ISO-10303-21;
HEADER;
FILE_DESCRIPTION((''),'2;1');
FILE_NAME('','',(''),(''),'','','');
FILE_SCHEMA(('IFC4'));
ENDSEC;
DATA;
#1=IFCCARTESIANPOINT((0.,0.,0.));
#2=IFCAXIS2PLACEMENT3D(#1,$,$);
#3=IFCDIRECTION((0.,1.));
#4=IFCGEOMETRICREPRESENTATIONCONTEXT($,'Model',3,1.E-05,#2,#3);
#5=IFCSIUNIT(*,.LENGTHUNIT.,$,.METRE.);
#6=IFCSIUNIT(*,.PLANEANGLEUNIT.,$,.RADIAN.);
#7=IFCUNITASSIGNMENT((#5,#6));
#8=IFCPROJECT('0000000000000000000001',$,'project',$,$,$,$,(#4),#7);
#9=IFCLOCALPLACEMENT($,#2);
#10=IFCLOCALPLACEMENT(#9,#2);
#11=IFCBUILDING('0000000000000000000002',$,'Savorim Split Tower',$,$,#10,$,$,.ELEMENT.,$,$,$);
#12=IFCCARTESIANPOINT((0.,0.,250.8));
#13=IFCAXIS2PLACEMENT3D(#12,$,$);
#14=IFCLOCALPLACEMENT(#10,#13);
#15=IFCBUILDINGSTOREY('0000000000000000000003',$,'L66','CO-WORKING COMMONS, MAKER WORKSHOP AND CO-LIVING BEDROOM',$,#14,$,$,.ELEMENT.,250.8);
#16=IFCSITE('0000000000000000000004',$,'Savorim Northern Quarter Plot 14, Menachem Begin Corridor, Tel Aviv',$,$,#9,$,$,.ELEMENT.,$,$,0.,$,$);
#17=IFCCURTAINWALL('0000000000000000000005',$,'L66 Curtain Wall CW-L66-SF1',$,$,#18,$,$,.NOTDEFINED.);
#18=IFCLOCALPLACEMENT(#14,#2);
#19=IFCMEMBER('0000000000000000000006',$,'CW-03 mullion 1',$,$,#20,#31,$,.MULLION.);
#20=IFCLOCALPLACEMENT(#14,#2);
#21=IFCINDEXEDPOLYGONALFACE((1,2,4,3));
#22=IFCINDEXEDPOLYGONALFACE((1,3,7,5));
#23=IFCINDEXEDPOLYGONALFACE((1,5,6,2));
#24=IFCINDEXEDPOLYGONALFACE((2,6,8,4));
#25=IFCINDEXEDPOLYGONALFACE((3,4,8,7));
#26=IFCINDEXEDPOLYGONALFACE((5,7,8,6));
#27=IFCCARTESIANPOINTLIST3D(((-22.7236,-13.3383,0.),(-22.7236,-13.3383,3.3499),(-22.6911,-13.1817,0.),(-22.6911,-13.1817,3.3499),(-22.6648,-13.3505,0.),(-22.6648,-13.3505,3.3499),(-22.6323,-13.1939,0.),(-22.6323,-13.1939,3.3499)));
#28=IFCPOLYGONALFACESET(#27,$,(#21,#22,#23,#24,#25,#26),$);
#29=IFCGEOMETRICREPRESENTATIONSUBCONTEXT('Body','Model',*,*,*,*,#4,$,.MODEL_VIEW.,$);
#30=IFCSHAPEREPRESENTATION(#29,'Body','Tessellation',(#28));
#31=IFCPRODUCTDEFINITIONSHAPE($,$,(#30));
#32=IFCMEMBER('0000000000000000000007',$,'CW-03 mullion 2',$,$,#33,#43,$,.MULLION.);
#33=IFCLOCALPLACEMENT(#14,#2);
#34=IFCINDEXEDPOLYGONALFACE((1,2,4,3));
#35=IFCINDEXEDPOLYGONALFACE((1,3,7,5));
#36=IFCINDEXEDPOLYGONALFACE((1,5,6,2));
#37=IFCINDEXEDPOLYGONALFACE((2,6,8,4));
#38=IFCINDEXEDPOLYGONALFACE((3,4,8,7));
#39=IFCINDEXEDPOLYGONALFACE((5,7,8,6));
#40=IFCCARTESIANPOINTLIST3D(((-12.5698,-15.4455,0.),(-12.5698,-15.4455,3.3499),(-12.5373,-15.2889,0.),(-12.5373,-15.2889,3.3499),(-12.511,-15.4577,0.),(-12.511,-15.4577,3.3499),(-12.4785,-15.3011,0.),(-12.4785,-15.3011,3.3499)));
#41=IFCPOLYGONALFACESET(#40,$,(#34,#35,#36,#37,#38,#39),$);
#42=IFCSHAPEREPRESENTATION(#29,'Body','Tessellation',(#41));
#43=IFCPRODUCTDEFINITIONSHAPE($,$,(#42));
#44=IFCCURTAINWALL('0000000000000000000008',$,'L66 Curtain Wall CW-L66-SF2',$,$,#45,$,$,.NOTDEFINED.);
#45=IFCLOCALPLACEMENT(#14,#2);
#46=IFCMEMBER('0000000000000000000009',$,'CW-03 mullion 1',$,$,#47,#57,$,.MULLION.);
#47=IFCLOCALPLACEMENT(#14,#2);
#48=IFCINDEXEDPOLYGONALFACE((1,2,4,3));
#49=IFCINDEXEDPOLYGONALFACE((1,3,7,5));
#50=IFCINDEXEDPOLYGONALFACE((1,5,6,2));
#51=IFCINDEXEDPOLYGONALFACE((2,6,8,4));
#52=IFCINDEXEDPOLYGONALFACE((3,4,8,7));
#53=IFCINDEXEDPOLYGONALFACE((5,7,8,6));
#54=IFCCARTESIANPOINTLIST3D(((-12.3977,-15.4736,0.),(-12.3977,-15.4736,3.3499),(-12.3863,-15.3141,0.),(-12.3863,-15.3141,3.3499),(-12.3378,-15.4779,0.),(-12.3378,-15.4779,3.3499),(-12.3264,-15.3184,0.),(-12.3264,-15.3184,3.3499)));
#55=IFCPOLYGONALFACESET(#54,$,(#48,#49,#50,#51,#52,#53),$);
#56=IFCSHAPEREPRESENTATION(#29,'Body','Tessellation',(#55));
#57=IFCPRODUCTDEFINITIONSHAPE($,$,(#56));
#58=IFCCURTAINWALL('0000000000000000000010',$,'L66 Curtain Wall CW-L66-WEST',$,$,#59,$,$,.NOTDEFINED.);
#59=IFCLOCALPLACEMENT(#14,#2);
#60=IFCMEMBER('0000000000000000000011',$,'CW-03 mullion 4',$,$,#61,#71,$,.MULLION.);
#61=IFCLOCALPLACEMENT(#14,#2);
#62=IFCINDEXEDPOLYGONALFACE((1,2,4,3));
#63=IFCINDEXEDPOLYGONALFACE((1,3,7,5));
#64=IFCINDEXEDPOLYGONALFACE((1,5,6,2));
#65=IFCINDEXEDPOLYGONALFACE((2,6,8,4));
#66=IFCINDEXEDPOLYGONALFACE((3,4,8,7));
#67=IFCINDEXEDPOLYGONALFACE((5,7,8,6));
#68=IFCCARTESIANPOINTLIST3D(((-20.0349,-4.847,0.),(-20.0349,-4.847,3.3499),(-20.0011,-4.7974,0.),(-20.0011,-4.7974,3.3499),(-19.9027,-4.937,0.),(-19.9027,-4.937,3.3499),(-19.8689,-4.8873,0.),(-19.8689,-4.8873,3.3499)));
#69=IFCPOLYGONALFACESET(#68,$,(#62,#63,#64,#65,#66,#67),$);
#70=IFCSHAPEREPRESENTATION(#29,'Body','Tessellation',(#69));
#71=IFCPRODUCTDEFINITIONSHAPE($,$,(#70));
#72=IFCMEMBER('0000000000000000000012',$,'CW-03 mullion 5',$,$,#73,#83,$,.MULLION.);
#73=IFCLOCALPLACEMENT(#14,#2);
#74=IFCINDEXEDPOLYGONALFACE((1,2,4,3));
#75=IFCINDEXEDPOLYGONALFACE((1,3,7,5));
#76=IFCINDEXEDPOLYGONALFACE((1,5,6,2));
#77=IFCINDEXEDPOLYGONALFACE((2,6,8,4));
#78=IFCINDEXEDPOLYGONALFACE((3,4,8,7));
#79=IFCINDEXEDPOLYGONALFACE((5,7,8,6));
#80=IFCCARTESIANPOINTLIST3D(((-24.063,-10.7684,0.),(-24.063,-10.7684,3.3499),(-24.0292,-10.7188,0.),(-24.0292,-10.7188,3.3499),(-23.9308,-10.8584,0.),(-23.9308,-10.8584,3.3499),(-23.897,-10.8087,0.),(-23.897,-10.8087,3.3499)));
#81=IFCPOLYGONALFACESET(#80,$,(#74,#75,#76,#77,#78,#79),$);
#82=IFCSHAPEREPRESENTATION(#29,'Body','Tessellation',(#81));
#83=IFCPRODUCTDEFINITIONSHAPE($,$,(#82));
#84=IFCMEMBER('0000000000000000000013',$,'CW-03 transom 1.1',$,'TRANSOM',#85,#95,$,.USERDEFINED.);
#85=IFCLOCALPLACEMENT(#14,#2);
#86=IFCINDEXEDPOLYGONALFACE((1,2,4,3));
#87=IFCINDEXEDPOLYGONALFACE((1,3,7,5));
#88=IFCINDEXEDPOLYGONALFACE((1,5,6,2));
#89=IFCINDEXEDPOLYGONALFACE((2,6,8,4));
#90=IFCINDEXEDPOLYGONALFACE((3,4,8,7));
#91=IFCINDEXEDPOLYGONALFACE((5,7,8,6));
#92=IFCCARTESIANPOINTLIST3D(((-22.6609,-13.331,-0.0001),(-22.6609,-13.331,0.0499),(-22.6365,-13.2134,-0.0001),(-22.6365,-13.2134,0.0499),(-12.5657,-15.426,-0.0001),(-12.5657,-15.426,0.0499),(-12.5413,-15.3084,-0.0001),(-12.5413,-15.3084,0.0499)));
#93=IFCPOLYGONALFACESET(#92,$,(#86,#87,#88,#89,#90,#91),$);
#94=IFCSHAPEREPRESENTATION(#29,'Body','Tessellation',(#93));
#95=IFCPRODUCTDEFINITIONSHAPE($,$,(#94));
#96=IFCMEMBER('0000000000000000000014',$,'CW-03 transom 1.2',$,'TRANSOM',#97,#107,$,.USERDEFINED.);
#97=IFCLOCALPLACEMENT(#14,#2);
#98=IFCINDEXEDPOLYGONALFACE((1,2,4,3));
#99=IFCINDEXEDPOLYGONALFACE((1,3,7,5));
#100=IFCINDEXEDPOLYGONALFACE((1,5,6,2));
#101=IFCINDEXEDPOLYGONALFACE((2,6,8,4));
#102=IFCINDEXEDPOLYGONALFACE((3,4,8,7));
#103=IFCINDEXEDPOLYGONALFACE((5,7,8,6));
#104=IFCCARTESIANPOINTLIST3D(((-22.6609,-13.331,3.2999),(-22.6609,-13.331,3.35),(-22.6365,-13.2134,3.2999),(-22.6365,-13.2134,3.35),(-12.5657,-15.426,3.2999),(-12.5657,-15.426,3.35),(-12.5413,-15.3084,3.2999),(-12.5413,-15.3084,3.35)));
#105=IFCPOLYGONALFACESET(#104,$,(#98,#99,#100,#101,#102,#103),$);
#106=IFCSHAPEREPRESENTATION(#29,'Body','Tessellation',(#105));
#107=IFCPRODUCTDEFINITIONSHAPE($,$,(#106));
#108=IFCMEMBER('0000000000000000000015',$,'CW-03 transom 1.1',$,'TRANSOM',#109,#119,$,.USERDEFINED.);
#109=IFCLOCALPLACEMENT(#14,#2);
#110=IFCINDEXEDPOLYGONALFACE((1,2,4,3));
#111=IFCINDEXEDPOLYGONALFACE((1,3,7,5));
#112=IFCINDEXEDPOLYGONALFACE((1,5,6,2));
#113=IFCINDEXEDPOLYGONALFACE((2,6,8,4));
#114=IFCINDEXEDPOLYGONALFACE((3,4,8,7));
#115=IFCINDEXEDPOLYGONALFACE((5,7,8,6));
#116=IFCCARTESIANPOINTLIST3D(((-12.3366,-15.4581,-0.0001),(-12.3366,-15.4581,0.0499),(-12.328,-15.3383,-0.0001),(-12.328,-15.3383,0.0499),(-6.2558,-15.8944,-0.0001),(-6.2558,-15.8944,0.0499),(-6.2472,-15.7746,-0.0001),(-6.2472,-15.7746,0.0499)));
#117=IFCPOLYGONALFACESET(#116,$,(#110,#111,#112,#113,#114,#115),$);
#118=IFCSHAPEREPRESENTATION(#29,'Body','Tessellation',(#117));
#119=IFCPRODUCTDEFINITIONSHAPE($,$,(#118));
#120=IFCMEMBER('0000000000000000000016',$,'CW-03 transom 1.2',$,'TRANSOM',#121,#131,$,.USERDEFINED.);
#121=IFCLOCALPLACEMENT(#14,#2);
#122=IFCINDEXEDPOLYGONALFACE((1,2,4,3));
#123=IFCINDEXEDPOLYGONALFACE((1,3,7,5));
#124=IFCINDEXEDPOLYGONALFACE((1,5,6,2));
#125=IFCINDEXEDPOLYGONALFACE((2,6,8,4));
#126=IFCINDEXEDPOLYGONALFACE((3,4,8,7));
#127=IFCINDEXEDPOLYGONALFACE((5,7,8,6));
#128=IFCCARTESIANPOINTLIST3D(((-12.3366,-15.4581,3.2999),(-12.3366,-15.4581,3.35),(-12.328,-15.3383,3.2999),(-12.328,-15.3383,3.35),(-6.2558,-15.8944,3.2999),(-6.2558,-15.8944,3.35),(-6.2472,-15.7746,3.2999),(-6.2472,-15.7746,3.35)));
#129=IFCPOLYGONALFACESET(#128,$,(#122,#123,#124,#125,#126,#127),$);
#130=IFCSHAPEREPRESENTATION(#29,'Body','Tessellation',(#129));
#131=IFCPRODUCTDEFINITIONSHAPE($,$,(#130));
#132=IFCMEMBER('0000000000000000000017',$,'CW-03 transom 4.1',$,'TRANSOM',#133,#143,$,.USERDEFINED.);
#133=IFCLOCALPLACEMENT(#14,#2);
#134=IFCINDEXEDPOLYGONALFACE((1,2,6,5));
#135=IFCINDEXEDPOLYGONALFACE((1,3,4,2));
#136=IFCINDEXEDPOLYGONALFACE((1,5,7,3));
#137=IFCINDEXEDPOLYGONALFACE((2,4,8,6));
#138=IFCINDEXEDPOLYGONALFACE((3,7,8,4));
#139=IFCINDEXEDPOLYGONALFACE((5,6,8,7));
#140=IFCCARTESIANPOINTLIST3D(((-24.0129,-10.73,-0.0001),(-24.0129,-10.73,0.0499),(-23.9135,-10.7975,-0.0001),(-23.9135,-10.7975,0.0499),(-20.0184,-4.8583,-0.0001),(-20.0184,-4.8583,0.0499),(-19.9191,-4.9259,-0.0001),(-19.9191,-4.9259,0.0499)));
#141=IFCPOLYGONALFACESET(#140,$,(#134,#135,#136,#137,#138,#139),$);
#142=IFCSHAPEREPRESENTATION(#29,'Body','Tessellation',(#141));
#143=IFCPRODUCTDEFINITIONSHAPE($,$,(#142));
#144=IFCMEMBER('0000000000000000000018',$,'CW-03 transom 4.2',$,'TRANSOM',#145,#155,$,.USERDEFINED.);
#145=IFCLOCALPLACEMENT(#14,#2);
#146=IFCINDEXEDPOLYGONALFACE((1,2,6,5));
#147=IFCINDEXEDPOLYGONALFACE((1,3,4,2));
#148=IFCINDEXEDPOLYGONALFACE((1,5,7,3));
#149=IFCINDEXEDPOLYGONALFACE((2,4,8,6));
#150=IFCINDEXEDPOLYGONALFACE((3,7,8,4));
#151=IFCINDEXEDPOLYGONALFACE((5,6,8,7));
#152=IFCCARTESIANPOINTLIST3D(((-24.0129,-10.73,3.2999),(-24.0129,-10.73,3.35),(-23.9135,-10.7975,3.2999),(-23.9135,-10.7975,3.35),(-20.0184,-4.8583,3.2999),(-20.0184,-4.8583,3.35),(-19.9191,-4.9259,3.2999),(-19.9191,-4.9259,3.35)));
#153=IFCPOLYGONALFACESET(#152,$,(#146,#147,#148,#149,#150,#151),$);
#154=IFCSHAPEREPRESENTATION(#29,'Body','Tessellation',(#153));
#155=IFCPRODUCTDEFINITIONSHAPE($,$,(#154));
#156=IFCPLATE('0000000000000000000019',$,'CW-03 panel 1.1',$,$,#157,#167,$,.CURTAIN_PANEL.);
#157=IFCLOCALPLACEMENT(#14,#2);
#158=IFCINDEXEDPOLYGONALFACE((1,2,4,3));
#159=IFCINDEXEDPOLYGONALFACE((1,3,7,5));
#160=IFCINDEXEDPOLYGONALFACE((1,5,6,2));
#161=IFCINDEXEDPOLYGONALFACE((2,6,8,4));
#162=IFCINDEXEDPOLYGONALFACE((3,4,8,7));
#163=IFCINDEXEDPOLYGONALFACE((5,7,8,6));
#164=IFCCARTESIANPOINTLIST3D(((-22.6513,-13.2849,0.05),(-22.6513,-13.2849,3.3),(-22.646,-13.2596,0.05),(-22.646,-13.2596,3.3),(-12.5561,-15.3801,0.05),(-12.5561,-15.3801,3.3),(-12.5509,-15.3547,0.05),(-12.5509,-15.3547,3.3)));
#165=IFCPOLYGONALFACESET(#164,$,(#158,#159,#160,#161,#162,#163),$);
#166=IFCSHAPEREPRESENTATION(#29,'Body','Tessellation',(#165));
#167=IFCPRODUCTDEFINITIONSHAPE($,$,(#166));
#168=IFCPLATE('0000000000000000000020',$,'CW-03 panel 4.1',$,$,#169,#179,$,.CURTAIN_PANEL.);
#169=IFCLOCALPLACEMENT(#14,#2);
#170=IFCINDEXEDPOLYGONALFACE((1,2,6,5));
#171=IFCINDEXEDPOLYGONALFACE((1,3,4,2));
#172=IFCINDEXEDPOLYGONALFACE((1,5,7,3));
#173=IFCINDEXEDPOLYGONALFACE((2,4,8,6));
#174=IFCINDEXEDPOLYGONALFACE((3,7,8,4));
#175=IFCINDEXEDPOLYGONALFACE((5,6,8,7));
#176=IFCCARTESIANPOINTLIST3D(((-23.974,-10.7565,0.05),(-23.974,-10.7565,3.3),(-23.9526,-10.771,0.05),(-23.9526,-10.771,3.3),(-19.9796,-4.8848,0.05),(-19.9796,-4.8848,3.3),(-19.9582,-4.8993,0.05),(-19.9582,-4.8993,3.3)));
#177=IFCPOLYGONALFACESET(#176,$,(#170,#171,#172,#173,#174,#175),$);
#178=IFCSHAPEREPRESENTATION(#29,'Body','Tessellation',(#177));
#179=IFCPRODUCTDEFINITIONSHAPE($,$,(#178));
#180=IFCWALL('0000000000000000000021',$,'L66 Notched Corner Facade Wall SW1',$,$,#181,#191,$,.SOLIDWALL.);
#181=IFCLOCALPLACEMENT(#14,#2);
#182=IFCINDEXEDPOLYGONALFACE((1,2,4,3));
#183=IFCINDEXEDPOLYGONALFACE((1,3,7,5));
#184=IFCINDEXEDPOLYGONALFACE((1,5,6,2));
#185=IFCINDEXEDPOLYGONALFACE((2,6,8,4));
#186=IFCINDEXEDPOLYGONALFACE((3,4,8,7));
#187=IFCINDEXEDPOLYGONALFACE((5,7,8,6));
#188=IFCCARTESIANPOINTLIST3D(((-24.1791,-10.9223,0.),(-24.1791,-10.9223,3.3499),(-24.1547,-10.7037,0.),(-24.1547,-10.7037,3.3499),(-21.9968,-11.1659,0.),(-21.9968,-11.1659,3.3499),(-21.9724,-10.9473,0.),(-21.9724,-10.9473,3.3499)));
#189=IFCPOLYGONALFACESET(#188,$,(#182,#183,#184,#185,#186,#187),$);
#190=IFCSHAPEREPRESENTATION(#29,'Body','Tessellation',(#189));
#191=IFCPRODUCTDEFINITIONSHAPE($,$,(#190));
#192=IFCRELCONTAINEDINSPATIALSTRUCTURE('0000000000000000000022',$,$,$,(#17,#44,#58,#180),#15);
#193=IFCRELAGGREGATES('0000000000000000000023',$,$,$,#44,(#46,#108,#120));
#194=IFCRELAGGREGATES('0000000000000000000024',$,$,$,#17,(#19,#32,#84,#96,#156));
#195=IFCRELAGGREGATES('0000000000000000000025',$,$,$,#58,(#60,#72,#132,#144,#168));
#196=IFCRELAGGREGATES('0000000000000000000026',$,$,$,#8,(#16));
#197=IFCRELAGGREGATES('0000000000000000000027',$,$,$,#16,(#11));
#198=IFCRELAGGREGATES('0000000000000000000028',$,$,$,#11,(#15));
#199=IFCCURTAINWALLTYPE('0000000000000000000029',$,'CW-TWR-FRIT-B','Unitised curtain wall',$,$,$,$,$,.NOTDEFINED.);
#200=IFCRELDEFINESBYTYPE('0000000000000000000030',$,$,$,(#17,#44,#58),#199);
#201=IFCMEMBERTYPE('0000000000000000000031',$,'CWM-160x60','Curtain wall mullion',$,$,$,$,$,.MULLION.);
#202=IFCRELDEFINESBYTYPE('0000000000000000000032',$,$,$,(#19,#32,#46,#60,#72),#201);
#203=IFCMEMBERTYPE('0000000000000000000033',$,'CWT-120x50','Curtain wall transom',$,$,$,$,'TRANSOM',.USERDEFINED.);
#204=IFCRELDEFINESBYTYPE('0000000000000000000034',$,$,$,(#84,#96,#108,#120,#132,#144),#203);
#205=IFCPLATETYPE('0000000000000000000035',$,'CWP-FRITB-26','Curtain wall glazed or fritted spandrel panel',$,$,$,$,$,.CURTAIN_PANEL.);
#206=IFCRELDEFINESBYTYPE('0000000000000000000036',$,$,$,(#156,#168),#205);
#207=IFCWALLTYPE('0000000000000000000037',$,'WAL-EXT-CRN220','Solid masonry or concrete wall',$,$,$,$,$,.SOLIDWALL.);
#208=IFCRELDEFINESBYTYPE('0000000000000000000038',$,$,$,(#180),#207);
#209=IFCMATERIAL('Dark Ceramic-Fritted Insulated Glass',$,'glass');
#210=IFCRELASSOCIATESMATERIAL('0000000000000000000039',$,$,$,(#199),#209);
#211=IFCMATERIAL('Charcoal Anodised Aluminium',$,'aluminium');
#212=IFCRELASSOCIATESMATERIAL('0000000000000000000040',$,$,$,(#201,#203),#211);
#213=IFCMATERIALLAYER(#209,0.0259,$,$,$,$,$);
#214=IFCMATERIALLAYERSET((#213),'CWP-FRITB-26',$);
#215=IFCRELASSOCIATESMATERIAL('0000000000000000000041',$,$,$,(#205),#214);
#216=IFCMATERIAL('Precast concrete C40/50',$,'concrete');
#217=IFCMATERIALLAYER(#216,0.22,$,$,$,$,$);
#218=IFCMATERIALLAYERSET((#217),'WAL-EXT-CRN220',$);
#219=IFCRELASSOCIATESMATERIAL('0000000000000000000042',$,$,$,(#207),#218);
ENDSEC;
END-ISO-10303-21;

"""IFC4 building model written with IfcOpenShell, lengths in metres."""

from ifc_helpers import new_model, si_unit, direction, frame, frame_2d, origin, origin_2d, place, context, subcontext, project, spatial, rectangle, extrude, material, layer, layer_set, material_profile, profile_set, type_object, element, aggregate, save


model = new_model("IFC4")

# Units and contexts
model_context = context("Model", 3, precision=1e-05, world=origin(), true_north=direction((0.0, 1.0)))
body_context = subcontext(model_context, "Body", "Model", "MODEL_VIEW")
ifc_project = project(units=[si_unit("LENGTHUNIT", "METRE"), si_unit("PLANEANGLEUNIT", "RADIAN")], contexts=[model_context])

# Site, building, storey
site_placement = place(None, origin())
site = spatial("IfcSite", under=ifc_project, at=site_placement, Name="Savorim Northern Quarter Plot 14, Menachem Begin Corridor, Tel Aviv", CompositionType="ELEMENT", RefElevation=0.0)
building_placement = place(site_placement, origin())
building = spatial("IfcBuilding", under=site, at=building_placement, Name="Savorim Split Tower", CompositionType="ELEMENT")
storey_placement = place(building_placement, frame((0.0, 0.0, 250.8)))
storey = spatial("IfcBuildingStorey", under=building, at=storey_placement, Name="L66", Description="CO-WORKING COMMONS, MAKER WORKSHOP AND CO-LIVING BEDROOM", CompositionType="ELEMENT", Elevation=250.8)

# Curtain wall, members
ifc_material_1 = material(Name="Dark Ceramic-Fritted Insulated Glass", Category="glass")
curtain_wall_type = type_object("IfcCurtainWallType", Name="CW-TWR-FRIT-B", Description="Unitised curtain wall", PredefinedType="NOTDEFINED", material=ifc_material_1)
curtain_wall_1_placement = place(storey_placement, origin())
curtain_wall_1 = element("IfcCurtainWall", 1, at=curtain_wall_1_placement, inside=storey, type_object=curtain_wall_type, Name="L66 Curtain Wall CW-L66-SF1", PredefinedType="NOTDEFINED")
ifc_material_2 = material(Name="Charcoal Anodised Aluminium", Category="aluminium")
ifc_material_profile_1 = material_profile(ifc_material_2, rectangle(XDim=0.1599, YDim=0.0601, at=origin_2d()), Name="ALU-M 160x60")
ifc_profile_set_1 = profile_set([ifc_material_profile_1], Name="Charcoal Anodised Aluminium")
member_type_1 = type_object("IfcMemberType", Name="CWM-160x60", Description="Curtain wall mullion", PredefinedType="MULLION", material=ifc_profile_set_1)
member_1_placement = place(storey_placement, frame((-22.678, -13.2661, 0.0), z_axis=(0.0, 0.0, 1.0), x_axis=(0.203208, 0.979136, 0.0)))
member_1 = element("IfcMember", 2, at=member_1_placement, type_object=member_type_1, Name="CW-03 mullion 1", PredefinedType="MULLION", context=body_context, shape_type="SweptSolid", body=[
    extrude(rectangle(XDim=0.1599, YDim=0.0601, at=origin_2d()), origin(), (0.0, 0.0, 1.0), 3.3499),
])
member_2_placement = place(storey_placement, frame((-12.5242, -15.3733, 0.0), z_axis=(0.0, 0.0, 1.0), x_axis=(0.203208, 0.979136, 0.0)))
member_2 = element("IfcMember", 3, at=member_2_placement, type_object=member_type_1, Name="CW-03 mullion 2", PredefinedType="MULLION", context=body_context, shape_type="SweptSolid", body=[
    extrude(rectangle(XDim=0.1599, YDim=0.0601, at=origin_2d()), origin(), (0.0, 0.0, 1.0), 3.3499),
])

# Curtain wall, member
curtain_wall_2_placement = place(storey_placement, origin())
curtain_wall_2 = element("IfcCurtainWall", 4, at=curtain_wall_2_placement, inside=storey, type_object=curtain_wall_type, Name="L66 Curtain Wall CW-L66-SF2", PredefinedType="NOTDEFINED")
member_3_placement = place(storey_placement, frame((-12.3621, -15.396, 0.0), z_axis=(0.0, 0.0, 1.0), x_axis=(0.071562, 0.997436, 0.0)))
member_3 = element("IfcMember", 5, at=member_3_placement, type_object=member_type_1, Name="CW-03 mullion 1", PredefinedType="MULLION", context=body_context, shape_type="SweptSolid", body=[
    extrude(rectangle(XDim=0.1599, YDim=0.0601, at=origin_2d()), origin(), (0.0, 0.0, 1.0), 3.3499),
])

# Curtain wall, members
curtain_wall_3_placement = place(storey_placement, origin())
curtain_wall_3 = element("IfcCurtainWall", 6, at=curtain_wall_3_placement, inside=storey, type_object=curtain_wall_type, Name="L66 Curtain Wall CW-L66-WEST", PredefinedType="NOTDEFINED")
member_4_placement = place(storey_placement, frame((-19.9519, -4.8672, 0.0), z_axis=(0.0, 0.0, 1.0), x_axis=(0.826817, -0.56247, 0.0)))
member_4 = element("IfcMember", 7, at=member_4_placement, type_object=member_type_1, Name="CW-03 mullion 4", PredefinedType="MULLION", context=body_context, shape_type="SweptSolid", body=[
    extrude(rectangle(XDim=0.1599, YDim=0.0601, at=origin_2d()), origin(), (0.0, 0.0, 1.0), 3.3499),
])
member_5_placement = place(storey_placement, frame((-23.98, -10.7886, 0.0), z_axis=(0.0, 0.0, 1.0), x_axis=(0.826817, -0.56247, 0.0)))
member_5 = element("IfcMember", 8, at=member_5_placement, type_object=member_type_1, Name="CW-03 mullion 5", PredefinedType="MULLION", context=body_context, shape_type="SweptSolid", body=[
    extrude(rectangle(XDim=0.1599, YDim=0.0601, at=origin_2d()), origin(), (0.0, 0.0, 1.0), 3.3499),
])

# Members
ifc_material_profile_2 = material_profile(ifc_material_2, rectangle(XDim=0.1201, YDim=0.05, at=origin_2d()), Name="ALU-T 120x50")
ifc_profile_set_2 = profile_set([ifc_material_profile_2], Name="Charcoal Anodised Aluminium")
member_type_2 = type_object("IfcMemberType", Name="CWT-120x50", Description="Curtain wall transom", ElementType="TRANSOM", PredefinedType="USERDEFINED", material=ifc_profile_set_2)
member_6_placement = place(storey_placement, frame((-22.6487, -13.2722, 0.0249), z_axis=(0.979139, -0.203192, 0.0), x_axis=(0.203192, 0.979139, 0.0)))
member_6 = element("IfcMember", 9, at=member_6_placement, type_object=member_type_2, Name="CW-03 transom 1.1", ObjectType="TRANSOM", PredefinedType="USERDEFINED", context=body_context, shape_type="SweptSolid", body=[
    extrude(rectangle(XDim=0.1201, YDim=0.05, at=origin_2d()), origin(), (0.0, 0.0, 1.0), 10.3103),
])
member_7_placement = place(storey_placement, frame((-22.6487, -13.2722, 3.325), z_axis=(0.979139, -0.203192, 0.0), x_axis=(0.203192, 0.979139, 0.0)))
member_7 = element("IfcMember", 10, at=member_7_placement, type_object=member_type_2, Name="CW-03 transom 1.2", ObjectType="TRANSOM", PredefinedType="USERDEFINED", context=body_context, shape_type="SweptSolid", body=[
    extrude(rectangle(XDim=0.1201, YDim=0.05, at=origin_2d()), origin(), (0.0, 0.0, 1.0), 10.3103),
])
member_8_placement = place(storey_placement, frame((-12.3323, -15.3982, 0.0249), z_axis=(0.997436, -0.071563, 0.0), x_axis=(0.071563, 0.997436, 0.0)))
member_8 = element("IfcMember", 11, at=member_8_placement, type_object=member_type_2, Name="CW-03 transom 1.1", ObjectType="TRANSOM", PredefinedType="USERDEFINED", context=body_context, shape_type="SweptSolid", body=[
    extrude(rectangle(XDim=0.1201, YDim=0.05, at=origin_2d()), origin(), (0.0, 0.0, 1.0), 6.0964),
])
member_9_placement = place(storey_placement, frame((-12.3323, -15.3982, 3.325), z_axis=(0.997436, -0.071563, 0.0), x_axis=(0.071563, 0.997436, 0.0)))
member_9 = element("IfcMember", 12, at=member_9_placement, type_object=member_type_2, Name="CW-03 transom 1.2", ObjectType="TRANSOM", PredefinedType="USERDEFINED", context=body_context, shape_type="SweptSolid", body=[
    extrude(rectangle(XDim=0.1201, YDim=0.05, at=origin_2d()), origin(), (0.0, 0.0, 1.0), 6.0964),
])
aggregate(curtain_wall_2, [member_3, member_8, member_9])
member_10_placement = place(storey_placement, frame((-19.9688, -4.8921, 0.0249), z_axis=(-0.562475, -0.826815, 0.0), x_axis=(0.826815, -0.562475, 0.0)))
member_10 = element("IfcMember", 13, at=member_10_placement, type_object=member_type_2, Name="CW-03 transom 4.1", ObjectType="TRANSOM", PredefinedType="USERDEFINED", context=body_context, shape_type="SweptSolid", body=[
    extrude(rectangle(XDim=0.1201, YDim=0.05, at=origin_2d()), origin(), (0.0, 0.0, 1.0), 7.1016),
])
member_11_placement = place(storey_placement, frame((-19.9688, -4.8921, 3.325), z_axis=(-0.562475, -0.826815, 0.0), x_axis=(0.826815, -0.562475, 0.0)))
member_11 = element("IfcMember", 14, at=member_11_placement, type_object=member_type_2, Name="CW-03 transom 4.2", ObjectType="TRANSOM", PredefinedType="USERDEFINED", context=body_context, shape_type="SweptSolid", body=[
    extrude(rectangle(XDim=0.1201, YDim=0.05, at=origin_2d()), origin(), (0.0, 0.0, 1.0), 7.1016),
])

# Plates
ifc_layer_1 = layer(ifc_material_1, 0.0259)
ifc_layer_set_1 = layer_set([ifc_layer_1], Name="CWP-FRITB-26")
plate_type = type_object("IfcPlateType", Name="CWP-FRITB-26", Description="Curtain wall glazed or fritted spandrel panel", PredefinedType="CURTAIN_PANEL", material=ifc_layer_set_1)
plate_1_placement = place(storey_placement, frame((-17.6011, -14.3198, 0.05), z_axis=(0.0, 0.0, 1.0), x_axis=(0.979136, -0.203208, 0.0)))
plate_1 = element("IfcPlate", 15, at=plate_1_placement, type_object=plate_type, Name="CW-03 panel 1.1", PredefinedType="CURTAIN_PANEL", context=body_context, shape_type="SweptSolid", body=[
    extrude(rectangle(XDim=10.3103, YDim=0.0259, at=origin_2d()), origin(), (0.0, 0.0, 1.0), 3.25),
])
aggregate(curtain_wall_1, [member_1, member_2, member_6, member_7, plate_1])
plate_2_placement = place(storey_placement, frame((-21.9661, -7.8279, 0.05), z_axis=(0.0, 0.0, 1.0), x_axis=(-0.56247, -0.826817, 0.0)))
plate_2 = element("IfcPlate", 16, at=plate_2_placement, type_object=plate_type, Name="CW-03 panel 4.1", PredefinedType="CURTAIN_PANEL", context=body_context, shape_type="SweptSolid", body=[
    extrude(rectangle(XDim=7.1016, YDim=0.0259, at=origin_2d()), origin(), (0.0, 0.0, 1.0), 3.25),
])
aggregate(curtain_wall_3, [member_4, member_5, member_10, member_11, plate_2])

# Wall
ifc_material_3 = material(Name="Precast concrete C40/50", Category="concrete")
ifc_layer_2 = layer(ifc_material_3, 0.22)
ifc_layer_set_2 = layer_set([ifc_layer_2], Name="WAL-EXT-CRN220")
wall_type_1 = type_object("IfcWallType", Name="WAL-EXT-CRN220", Description="Solid masonry or concrete wall", PredefinedType="SOLIDWALL", material=ifc_layer_set_2)
wall_1_placement = place(storey_placement, frame((-21.9846, -11.0566, 0.0), z_axis=(0.0, 0.0, 1.0), x_axis=(-0.993824, 0.110968, 0.0)))
element("IfcWall", 17, at=wall_1_placement, inside=storey, type_object=wall_type_1, Name="L66 Notched Corner Facade Wall SW1", PredefinedType="SOLIDWALL", context=body_context, shape_type="SweptSolid", body=[
    extrude(rectangle(XDim=2.1958, YDim=0.22, at=frame_2d((1.0979, 0.0))), origin(), (0.0, 0.0, 1.0), 3.3499),
])

save(model, "model.ifc")
